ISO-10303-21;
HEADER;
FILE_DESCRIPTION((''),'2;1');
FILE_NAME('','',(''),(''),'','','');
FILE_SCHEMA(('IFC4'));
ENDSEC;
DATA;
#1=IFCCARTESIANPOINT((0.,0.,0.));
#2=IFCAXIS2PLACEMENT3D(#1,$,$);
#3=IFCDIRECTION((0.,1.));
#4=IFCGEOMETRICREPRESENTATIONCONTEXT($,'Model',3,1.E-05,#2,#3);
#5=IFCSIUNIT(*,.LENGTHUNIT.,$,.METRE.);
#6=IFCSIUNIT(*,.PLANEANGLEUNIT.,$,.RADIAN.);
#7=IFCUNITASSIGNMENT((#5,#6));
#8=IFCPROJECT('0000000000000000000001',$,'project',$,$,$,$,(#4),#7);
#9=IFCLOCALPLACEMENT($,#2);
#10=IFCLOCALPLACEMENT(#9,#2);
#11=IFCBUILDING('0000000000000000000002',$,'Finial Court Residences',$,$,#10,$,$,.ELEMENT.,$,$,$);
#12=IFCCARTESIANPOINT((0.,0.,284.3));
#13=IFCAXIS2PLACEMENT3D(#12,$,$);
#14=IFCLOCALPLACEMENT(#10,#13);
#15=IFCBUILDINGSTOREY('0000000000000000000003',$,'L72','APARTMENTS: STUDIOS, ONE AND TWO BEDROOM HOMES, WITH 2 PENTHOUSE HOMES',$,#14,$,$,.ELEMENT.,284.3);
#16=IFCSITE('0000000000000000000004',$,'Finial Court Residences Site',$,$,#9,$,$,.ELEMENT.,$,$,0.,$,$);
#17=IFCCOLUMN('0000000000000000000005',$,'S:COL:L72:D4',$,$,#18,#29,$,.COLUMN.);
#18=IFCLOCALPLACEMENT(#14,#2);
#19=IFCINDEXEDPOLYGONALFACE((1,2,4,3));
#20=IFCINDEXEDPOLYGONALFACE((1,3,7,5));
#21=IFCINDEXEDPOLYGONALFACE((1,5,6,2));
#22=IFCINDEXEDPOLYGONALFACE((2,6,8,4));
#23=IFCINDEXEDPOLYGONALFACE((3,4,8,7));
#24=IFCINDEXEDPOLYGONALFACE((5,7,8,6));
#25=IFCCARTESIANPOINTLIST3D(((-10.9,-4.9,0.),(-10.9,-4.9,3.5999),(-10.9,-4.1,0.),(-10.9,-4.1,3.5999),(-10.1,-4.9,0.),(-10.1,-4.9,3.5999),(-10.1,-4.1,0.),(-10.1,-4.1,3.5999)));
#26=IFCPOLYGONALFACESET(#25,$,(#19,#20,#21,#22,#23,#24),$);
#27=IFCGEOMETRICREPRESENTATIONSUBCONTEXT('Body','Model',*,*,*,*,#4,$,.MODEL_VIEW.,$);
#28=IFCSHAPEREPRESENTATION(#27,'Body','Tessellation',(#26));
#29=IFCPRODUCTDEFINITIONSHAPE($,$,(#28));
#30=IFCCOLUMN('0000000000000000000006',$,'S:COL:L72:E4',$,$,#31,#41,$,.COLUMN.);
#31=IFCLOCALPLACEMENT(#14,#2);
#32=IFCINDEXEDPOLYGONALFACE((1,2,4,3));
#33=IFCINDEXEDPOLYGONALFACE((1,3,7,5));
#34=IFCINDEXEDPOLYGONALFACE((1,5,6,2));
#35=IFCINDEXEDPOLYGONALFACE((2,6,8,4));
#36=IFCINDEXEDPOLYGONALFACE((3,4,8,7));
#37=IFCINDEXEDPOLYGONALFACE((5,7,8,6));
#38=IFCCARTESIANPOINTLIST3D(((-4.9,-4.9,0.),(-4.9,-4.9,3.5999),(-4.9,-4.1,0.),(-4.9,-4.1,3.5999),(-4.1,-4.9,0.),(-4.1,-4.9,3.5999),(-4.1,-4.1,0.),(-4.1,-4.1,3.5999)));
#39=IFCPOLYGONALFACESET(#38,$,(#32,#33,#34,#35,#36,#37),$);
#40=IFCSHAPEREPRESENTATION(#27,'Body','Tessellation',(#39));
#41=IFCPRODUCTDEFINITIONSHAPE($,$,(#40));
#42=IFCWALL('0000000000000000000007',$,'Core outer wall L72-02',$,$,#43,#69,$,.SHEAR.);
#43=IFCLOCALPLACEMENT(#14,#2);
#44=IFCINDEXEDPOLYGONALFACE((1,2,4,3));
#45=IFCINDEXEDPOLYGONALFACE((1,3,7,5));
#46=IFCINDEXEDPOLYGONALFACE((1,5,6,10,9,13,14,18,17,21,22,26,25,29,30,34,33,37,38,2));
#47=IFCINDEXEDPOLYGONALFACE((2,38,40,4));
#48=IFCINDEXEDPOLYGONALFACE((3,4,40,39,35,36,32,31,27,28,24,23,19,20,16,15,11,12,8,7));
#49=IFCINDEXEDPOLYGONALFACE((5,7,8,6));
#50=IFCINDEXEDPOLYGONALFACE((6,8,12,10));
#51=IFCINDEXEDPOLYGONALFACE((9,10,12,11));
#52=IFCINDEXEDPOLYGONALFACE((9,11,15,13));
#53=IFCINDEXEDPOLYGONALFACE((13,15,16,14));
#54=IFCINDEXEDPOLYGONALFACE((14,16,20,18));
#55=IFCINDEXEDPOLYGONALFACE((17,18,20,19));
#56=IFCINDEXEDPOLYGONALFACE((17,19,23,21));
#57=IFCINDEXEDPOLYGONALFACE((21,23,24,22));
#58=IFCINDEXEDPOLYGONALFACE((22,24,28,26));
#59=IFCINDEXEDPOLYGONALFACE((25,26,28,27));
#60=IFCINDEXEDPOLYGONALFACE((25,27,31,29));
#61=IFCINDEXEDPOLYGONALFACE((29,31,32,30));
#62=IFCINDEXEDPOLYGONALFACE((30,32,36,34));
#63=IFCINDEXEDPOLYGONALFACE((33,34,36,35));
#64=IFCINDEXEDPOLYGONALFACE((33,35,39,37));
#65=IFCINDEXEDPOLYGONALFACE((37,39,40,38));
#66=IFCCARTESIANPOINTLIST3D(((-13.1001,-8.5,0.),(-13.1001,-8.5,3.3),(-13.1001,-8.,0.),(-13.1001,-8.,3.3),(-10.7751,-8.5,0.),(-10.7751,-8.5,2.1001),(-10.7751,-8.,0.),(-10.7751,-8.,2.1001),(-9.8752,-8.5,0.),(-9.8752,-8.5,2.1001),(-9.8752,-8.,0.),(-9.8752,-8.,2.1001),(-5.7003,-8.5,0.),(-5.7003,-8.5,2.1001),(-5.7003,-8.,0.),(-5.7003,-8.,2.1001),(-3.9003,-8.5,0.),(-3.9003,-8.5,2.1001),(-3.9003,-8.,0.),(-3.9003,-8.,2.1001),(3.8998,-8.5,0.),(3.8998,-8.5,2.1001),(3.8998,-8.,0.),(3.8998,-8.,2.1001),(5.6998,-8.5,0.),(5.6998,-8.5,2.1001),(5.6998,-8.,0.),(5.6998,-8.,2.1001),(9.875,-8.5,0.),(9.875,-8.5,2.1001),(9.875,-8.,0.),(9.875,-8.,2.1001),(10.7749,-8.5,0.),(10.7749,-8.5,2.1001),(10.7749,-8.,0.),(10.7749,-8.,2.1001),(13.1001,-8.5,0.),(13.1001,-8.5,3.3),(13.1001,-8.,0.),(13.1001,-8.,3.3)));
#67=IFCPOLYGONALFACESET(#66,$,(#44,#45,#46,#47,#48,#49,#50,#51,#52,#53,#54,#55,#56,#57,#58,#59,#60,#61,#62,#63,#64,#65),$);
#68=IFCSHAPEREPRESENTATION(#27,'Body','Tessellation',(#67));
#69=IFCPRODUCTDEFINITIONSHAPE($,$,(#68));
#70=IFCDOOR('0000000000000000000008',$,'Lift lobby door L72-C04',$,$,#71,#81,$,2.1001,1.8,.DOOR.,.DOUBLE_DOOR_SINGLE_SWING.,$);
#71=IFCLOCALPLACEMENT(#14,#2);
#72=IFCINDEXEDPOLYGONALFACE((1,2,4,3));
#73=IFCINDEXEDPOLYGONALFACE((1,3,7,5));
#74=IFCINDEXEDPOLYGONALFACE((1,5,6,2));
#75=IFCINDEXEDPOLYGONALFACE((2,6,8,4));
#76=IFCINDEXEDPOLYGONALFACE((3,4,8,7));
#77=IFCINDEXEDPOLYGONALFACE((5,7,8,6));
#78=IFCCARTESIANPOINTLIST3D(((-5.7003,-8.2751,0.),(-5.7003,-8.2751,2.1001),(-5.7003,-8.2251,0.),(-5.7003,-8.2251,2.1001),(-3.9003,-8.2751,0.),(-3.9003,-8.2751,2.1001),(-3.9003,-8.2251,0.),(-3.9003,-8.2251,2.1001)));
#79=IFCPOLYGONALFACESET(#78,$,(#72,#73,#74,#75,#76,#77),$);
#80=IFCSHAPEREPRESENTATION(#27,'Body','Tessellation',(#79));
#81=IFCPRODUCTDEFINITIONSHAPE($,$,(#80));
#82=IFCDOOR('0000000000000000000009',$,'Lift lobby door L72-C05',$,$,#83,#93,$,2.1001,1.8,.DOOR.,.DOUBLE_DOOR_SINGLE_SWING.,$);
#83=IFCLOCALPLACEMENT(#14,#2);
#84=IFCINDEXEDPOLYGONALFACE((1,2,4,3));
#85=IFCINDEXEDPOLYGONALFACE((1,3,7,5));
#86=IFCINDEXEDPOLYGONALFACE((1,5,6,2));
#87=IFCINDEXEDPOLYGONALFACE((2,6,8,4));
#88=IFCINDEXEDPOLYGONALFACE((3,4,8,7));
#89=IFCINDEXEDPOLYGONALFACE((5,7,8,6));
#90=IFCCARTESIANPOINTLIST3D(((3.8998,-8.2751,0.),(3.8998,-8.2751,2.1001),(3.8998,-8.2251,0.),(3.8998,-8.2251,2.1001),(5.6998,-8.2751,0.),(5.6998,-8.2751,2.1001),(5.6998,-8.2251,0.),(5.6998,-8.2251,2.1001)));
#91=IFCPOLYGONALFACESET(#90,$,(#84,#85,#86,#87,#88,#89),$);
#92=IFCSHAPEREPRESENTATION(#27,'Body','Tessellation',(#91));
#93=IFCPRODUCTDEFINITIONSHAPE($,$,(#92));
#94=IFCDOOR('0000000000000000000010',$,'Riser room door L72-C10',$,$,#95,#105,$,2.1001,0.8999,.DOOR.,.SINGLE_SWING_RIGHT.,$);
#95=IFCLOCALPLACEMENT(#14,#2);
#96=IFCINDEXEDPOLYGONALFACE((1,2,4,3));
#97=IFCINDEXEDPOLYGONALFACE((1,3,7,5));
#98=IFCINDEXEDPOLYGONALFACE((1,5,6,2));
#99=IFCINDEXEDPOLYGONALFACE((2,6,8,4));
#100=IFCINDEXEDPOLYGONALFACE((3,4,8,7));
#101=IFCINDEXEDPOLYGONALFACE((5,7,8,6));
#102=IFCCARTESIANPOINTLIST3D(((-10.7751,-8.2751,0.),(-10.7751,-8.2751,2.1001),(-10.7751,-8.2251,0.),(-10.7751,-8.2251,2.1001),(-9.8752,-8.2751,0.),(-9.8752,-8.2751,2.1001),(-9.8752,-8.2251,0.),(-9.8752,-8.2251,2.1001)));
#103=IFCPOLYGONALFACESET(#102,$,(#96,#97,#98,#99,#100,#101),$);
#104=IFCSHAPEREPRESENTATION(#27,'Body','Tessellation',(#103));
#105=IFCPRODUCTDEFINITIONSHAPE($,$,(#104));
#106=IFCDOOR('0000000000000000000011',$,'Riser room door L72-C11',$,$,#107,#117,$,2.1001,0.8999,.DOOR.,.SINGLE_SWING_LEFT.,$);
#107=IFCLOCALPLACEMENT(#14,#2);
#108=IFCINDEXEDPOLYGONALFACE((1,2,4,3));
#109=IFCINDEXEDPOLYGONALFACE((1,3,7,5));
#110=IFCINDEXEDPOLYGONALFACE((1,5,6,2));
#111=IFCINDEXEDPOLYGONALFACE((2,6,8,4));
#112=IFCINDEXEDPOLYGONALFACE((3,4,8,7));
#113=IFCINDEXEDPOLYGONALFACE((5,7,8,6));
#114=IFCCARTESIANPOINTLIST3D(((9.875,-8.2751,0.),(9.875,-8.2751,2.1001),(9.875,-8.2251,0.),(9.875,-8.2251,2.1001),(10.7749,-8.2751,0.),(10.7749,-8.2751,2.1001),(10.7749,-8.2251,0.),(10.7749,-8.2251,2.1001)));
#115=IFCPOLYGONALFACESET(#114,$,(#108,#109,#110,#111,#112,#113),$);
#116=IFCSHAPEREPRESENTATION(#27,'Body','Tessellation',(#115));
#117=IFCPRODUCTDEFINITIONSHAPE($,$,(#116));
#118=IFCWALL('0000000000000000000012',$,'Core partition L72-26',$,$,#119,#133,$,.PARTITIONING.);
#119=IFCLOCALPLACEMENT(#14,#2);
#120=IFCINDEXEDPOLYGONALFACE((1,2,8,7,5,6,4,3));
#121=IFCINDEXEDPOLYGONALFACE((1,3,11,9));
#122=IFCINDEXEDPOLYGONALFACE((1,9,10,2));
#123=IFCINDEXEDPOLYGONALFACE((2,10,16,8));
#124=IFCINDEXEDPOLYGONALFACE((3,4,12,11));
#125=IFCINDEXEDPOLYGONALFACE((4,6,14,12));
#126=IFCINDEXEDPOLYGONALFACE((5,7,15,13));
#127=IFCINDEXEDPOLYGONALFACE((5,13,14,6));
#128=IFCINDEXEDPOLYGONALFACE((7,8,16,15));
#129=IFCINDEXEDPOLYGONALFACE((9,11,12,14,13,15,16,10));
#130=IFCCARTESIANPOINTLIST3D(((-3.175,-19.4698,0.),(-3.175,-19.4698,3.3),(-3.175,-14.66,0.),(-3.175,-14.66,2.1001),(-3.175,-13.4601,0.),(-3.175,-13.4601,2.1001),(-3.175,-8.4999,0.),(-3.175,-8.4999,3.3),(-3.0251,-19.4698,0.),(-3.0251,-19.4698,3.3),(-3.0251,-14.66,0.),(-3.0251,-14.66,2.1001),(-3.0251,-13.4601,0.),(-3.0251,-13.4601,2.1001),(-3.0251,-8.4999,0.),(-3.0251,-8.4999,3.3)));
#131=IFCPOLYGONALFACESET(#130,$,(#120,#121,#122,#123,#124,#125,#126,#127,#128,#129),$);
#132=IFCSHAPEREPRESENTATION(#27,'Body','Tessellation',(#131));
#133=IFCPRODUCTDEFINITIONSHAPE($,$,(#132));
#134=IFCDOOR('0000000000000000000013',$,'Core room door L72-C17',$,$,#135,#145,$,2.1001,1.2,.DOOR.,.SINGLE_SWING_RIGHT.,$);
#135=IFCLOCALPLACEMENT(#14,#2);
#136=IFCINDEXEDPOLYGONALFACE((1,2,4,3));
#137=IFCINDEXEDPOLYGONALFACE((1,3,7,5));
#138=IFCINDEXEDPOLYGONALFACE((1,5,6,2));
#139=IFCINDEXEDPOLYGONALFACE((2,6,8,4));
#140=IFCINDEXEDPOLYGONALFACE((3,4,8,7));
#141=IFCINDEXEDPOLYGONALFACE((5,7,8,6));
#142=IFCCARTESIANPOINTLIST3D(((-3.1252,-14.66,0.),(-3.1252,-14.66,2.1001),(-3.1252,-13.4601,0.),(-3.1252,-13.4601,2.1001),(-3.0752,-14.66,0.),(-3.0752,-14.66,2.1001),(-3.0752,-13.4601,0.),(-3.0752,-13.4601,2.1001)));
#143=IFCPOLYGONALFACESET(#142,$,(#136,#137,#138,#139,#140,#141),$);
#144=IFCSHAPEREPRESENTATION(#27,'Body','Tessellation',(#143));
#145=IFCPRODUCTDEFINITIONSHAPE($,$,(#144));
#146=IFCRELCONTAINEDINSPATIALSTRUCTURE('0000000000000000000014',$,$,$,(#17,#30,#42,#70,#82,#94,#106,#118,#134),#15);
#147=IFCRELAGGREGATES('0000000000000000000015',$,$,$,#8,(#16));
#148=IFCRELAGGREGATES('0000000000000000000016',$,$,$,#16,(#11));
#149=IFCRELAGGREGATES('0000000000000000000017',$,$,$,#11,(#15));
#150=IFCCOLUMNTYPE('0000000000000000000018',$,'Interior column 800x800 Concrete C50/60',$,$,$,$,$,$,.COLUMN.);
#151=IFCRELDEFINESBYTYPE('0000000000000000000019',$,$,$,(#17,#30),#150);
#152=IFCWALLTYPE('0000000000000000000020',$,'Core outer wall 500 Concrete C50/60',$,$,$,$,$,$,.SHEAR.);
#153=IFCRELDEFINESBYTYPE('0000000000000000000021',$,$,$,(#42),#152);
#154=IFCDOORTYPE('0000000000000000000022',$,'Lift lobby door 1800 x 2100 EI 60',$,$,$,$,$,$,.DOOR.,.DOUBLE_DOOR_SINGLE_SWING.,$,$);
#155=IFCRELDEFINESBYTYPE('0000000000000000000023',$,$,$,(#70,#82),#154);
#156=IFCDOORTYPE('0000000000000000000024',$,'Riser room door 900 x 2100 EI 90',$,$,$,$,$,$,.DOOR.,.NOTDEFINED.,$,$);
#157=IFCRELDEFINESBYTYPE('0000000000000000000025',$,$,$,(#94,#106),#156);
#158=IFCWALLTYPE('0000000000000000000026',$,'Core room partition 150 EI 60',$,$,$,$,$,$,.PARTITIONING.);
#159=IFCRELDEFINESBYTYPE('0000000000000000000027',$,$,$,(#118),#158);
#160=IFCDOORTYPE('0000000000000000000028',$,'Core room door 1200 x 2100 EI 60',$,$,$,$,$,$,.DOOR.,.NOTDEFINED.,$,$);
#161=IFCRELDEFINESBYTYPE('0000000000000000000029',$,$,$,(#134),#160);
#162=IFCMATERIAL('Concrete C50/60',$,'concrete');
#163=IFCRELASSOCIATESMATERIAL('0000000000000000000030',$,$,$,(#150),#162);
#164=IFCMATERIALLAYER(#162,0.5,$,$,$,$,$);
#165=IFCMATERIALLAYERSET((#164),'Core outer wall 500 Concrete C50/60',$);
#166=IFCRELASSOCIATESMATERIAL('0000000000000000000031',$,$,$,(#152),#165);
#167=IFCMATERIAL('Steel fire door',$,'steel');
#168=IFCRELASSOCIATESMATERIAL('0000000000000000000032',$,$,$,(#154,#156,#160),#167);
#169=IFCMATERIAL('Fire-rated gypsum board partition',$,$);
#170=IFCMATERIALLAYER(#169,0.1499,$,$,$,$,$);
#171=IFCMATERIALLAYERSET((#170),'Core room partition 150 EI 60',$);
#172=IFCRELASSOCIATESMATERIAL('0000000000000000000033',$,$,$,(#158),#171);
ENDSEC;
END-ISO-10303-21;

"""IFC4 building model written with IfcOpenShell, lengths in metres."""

from ifc_helpers import new_model, si_unit, direction, frame, frame_2d, origin, origin_2d, place, context, subcontext, project, spatial, rectangle, extrude, material, layer, layer_set, material_profile, profile_set, type_object, element, fill, save


model = new_model("IFC4")

# Units and contexts
model_context = context("Model", 3, precision=1e-05, world=origin(), true_north=direction((0.0, 1.0)))
body_context = subcontext(model_context, "Body", "Model", "MODEL_VIEW")
ifc_project = project(units=[si_unit("LENGTHUNIT", "METRE"), si_unit("PLANEANGLEUNIT", "RADIAN")], contexts=[model_context])

# Site, building, storey
site_placement = place(None, origin())
site = spatial("IfcSite", under=ifc_project, at=site_placement, Name="Finial Court Residences Site", CompositionType="ELEMENT", RefElevation=0.0)
building_placement = place(site_placement, origin())
building = spatial("IfcBuilding", under=site, at=building_placement, Name="Finial Court Residences", CompositionType="ELEMENT")
storey_placement = place(building_placement, frame((0.0, 0.0, 284.3)))
storey = spatial("IfcBuildingStorey", under=building, at=storey_placement, Name="L72", Description="APARTMENTS: STUDIOS, ONE AND TWO BEDROOM HOMES, WITH 2 PENTHOUSE HOMES", CompositionType="ELEMENT", Elevation=284.3)

# Columns
ifc_material_1 = material(Name="Concrete C50/60", Category="concrete")
ifc_material_profile = material_profile(ifc_material_1, rectangle(XDim=0.8, YDim=0.8, at=origin_2d()), Name="800x800")
ifc_profile_set = profile_set([ifc_material_profile], Name="Concrete C50/60")
column_type = type_object("IfcColumnType", Name="Interior column 800x800 Concrete C50/60", PredefinedType="COLUMN", material=ifc_profile_set)
for number, where, z_axis, x_axis, name in (
    (1, (-10.5, -4.5, 0.0), (0.0, 0.0, 1.0), (1.0, 0.0, 0.0), "S:COL:L72:D4"),
    (2, (-4.5, -4.5, 0.0), (0.0, 0.0, 1.0), (1.0, 0.0, 0.0), "S:COL:L72:E4"),
):
    element("IfcColumn", number, at=place(storey_placement, frame(where, z_axis=z_axis, x_axis=x_axis)), inside=storey, type_object=column_type, Name=name, PredefinedType="COLUMN", context=body_context, shape_type="SweptSolid", body=[
        extrude(rectangle(XDim=0.8, YDim=0.8, at=origin_2d()), origin(), (0.0, 0.0, 1.0), 3.5999),
    ])

# Wall, openings, doors
ifc_layer_1 = layer(ifc_material_1, 0.5)
ifc_layer_set_1 = layer_set([ifc_layer_1], Name="Core outer wall 500 Concrete C50/60")
wall_type_1 = type_object("IfcWallType", Name="Core outer wall 500 Concrete C50/60", PredefinedType="SHEAR", material=ifc_layer_set_1)
wall_1_placement = place(storey_placement, frame((-13.1001, -8.25, 0.0), z_axis=(0.0, 0.0, 1.0), x_axis=(1.0, 0.0, 0.0)))
wall_1 = element("IfcWall", 3, at=wall_1_placement, inside=storey, type_object=wall_type_1, Name="Core outer wall L72-02", PredefinedType="SHEAR", context=body_context, shape_type="SweptSolid", body=[
    extrude(rectangle(XDim=26.2002, YDim=0.5, at=frame_2d((13.1001, 0.0))), origin(), (0.0, 0.0, 1.0), 3.3),
])
opening_1_placement = place(wall_1_placement, frame((7.3999, 0.0, 0.0)))
opening_1 = element("IfcOpeningElement", 4, at=opening_1_placement, cuts=wall_1, PredefinedType="OPENING", context=body_context, shape_type="SweptSolid", body=[
    extrude(rectangle(XDim=1.8, YDim=2.1001, at=frame_2d((0.8999, 1.05))), frame((0.0, 0.26, 0.0), z_axis=(0.0, -1.0, 0.0), x_axis=(1.0, 0.0, 0.0)), (0.0, 0.0, 1.0), 0.52),
])
opening_2_placement = place(wall_1_placement, frame((17.0, 0.0, 0.0)))
opening_2 = element("IfcOpeningElement", 5, at=opening_2_placement, cuts=wall_1, PredefinedType="OPENING", context=body_context, shape_type="SweptSolid", body=[
    extrude(rectangle(XDim=1.8, YDim=2.1001, at=frame_2d((0.8999, 1.05))), frame((0.0, 0.26, 0.0), z_axis=(0.0, -1.0, 0.0), x_axis=(1.0, 0.0, 0.0)), (0.0, 0.0, 1.0), 0.52),
])
opening_3_placement = place(wall_1_placement, frame((2.325, 0.0, 0.0)))
opening_3 = element("IfcOpeningElement", 6, at=opening_3_placement, cuts=wall_1, PredefinedType="OPENING", context=body_context, shape_type="SweptSolid", body=[
    extrude(rectangle(XDim=0.8999, YDim=2.1001, at=frame_2d((0.45, 1.05))), frame((0.0, 0.26, 0.0), z_axis=(0.0, -1.0, 0.0), x_axis=(1.0, 0.0, 0.0)), (0.0, 0.0, 1.0), 0.52),
])
opening_4_placement = place(wall_1_placement, frame((22.9751, 0.0, 0.0)))
opening_4 = element("IfcOpeningElement", 7, at=opening_4_placement, cuts=wall_1, PredefinedType="OPENING", context=body_context, shape_type="SweptSolid", body=[
    extrude(rectangle(XDim=0.8999, YDim=2.1001, at=frame_2d((0.45, 1.05))), frame((0.0, 0.26, 0.0), z_axis=(0.0, -1.0, 0.0), x_axis=(1.0, 0.0, 0.0)), (0.0, 0.0, 1.0), 0.52),
])
ifc_material_2 = material(Name="Steel fire door", Category="steel")
door_type_1 = type_object("IfcDoorType", Name="Lift lobby door 1800 x 2100 EI 60", OperationType="DOUBLE_DOOR_SINGLE_SWING", PredefinedType="DOOR", material=ifc_material_2)
door_1_placement = place(opening_1_placement, origin())
door_1 = element("IfcDoor", 8, at=door_1_placement, inside=storey, type_object=door_type_1, Name="Lift lobby door L72-C04", OperationType="DOUBLE_DOOR_SINGLE_SWING", OverallHeight=2.1001, OverallWidth=1.8, PredefinedType="DOOR", context=body_context, shape_type="SweptSolid", body=[
    extrude(rectangle(XDim=1.8, YDim=2.1001, at=frame_2d((0.8999, 1.05))), frame((0.0, 0.0249, 0.0), z_axis=(0.0, -1.0, 0.0), x_axis=(1.0, 0.0, 0.0)), (0.0, 0.0, 1.0), 0.05),
])
fill(opening_1, door_1)
door_2_placement = place(opening_2_placement, origin())
door_2 = element("IfcDoor", 9, at=door_2_placement, inside=storey, type_object=door_type_1, Name="Lift lobby door L72-C05", OperationType="DOUBLE_DOOR_SINGLE_SWING", OverallHeight=2.1001, OverallWidth=1.8, PredefinedType="DOOR", context=body_context, shape_type="SweptSolid", body=[
    extrude(rectangle(XDim=1.8, YDim=2.1001, at=frame_2d((0.8999, 1.05))), frame((0.0, 0.0249, 0.0), z_axis=(0.0, -1.0, 0.0), x_axis=(1.0, 0.0, 0.0)), (0.0, 0.0, 1.0), 0.05),
])
fill(opening_2, door_2)
door_type_2 = type_object("IfcDoorType", Name="Riser room door 900 x 2100 EI 90", OperationType="NOTDEFINED", PredefinedType="DOOR", material=ifc_material_2)
door_3_placement = place(opening_3_placement, origin())
door_3 = element("IfcDoor", 10, at=door_3_placement, inside=storey, type_object=door_type_2, Name="Riser room door L72-C10", OperationType="SINGLE_SWING_RIGHT", OverallHeight=2.1001, OverallWidth=0.8999, PredefinedType="DOOR", context=body_context, shape_type="SweptSolid", body=[
    extrude(rectangle(XDim=0.8999, YDim=2.1001, at=frame_2d((0.45, 1.05))), frame((0.0, 0.0249, 0.0), z_axis=(0.0, -1.0, 0.0), x_axis=(1.0, 0.0, 0.0)), (0.0, 0.0, 1.0), 0.05),
])
fill(opening_3, door_3)
door_4_placement = place(opening_4_placement, origin())
door_4 = element("IfcDoor", 11, at=door_4_placement, inside=storey, type_object=door_type_2, Name="Riser room door L72-C11", OperationType="SINGLE_SWING_LEFT", OverallHeight=2.1001, OverallWidth=0.8999, PredefinedType="DOOR", context=body_context, shape_type="SweptSolid", body=[
    extrude(rectangle(XDim=0.8999, YDim=2.1001, at=frame_2d((0.45, 1.05))), frame((0.0, 0.0249, 0.0), z_axis=(0.0, -1.0, 0.0), x_axis=(1.0, 0.0, 0.0)), (0.0, 0.0, 1.0), 0.05),
])
fill(opening_4, door_4)

# Wall, opening, door
ifc_material_3 = material(Name="Fire-rated gypsum board partition")
ifc_layer_2 = layer(ifc_material_3, 0.1499)
ifc_layer_set_2 = layer_set([ifc_layer_2], Name="Core room partition 150 EI 60")
wall_type_2 = type_object("IfcWallType", Name="Core room partition 150 EI 60", PredefinedType="PARTITIONING", material=ifc_layer_set_2)
wall_2_placement = place(storey_placement, frame((-3.1001, -8.5, 0.0), z_axis=(0.0, 0.0, 1.0), x_axis=(0.0, -1.0, 0.0)))
wall_2 = element("IfcWall", 12, at=wall_2_placement, inside=storey, type_object=wall_type_2, Name="Core partition L72-26", PredefinedType="PARTITIONING", context=body_context, shape_type="SweptSolid", body=[
    extrude(rectangle(XDim=10.97, YDim=0.1499, at=frame_2d((5.4849, 0.0))), origin(), (0.0, 0.0, 1.0), 3.3),
])
opening_5_placement = place(wall_2_placement, frame((4.96, 0.0, 0.0)))
opening_5 = element("IfcOpeningElement", 13, at=opening_5_placement, cuts=wall_2, PredefinedType="OPENING", context=body_context, shape_type="SweptSolid", body=[
    extrude(rectangle(XDim=1.2, YDim=2.1001, at=frame_2d((0.6001, 1.05))), frame((0.0, 0.085, 0.0), z_axis=(0.0, -1.0, 0.0), x_axis=(1.0, 0.0, 0.0)), (0.0, 0.0, 1.0), 0.1699),
])
door_type_3 = type_object("IfcDoorType", Name="Core room door 1200 x 2100 EI 60", OperationType="NOTDEFINED", PredefinedType="DOOR", material=ifc_material_2)
door_5_placement = place(opening_5_placement, origin())
door_5 = element("IfcDoor", 14, at=door_5_placement, inside=storey, type_object=door_type_3, Name="Core room door L72-C17", OperationType="SINGLE_SWING_RIGHT", OverallHeight=2.1001, OverallWidth=1.2, PredefinedType="DOOR", context=body_context, shape_type="SweptSolid", body=[
    extrude(rectangle(XDim=1.2, YDim=2.1001, at=frame_2d((0.6001, 1.05))), frame((0.0, 0.0249, 0.0), z_axis=(0.0, -1.0, 0.0), x_axis=(1.0, 0.0, 0.0)), (0.0, 0.0, 1.0), 0.05),
])
fill(opening_5, door_5)

save(model, "model.ifc")
